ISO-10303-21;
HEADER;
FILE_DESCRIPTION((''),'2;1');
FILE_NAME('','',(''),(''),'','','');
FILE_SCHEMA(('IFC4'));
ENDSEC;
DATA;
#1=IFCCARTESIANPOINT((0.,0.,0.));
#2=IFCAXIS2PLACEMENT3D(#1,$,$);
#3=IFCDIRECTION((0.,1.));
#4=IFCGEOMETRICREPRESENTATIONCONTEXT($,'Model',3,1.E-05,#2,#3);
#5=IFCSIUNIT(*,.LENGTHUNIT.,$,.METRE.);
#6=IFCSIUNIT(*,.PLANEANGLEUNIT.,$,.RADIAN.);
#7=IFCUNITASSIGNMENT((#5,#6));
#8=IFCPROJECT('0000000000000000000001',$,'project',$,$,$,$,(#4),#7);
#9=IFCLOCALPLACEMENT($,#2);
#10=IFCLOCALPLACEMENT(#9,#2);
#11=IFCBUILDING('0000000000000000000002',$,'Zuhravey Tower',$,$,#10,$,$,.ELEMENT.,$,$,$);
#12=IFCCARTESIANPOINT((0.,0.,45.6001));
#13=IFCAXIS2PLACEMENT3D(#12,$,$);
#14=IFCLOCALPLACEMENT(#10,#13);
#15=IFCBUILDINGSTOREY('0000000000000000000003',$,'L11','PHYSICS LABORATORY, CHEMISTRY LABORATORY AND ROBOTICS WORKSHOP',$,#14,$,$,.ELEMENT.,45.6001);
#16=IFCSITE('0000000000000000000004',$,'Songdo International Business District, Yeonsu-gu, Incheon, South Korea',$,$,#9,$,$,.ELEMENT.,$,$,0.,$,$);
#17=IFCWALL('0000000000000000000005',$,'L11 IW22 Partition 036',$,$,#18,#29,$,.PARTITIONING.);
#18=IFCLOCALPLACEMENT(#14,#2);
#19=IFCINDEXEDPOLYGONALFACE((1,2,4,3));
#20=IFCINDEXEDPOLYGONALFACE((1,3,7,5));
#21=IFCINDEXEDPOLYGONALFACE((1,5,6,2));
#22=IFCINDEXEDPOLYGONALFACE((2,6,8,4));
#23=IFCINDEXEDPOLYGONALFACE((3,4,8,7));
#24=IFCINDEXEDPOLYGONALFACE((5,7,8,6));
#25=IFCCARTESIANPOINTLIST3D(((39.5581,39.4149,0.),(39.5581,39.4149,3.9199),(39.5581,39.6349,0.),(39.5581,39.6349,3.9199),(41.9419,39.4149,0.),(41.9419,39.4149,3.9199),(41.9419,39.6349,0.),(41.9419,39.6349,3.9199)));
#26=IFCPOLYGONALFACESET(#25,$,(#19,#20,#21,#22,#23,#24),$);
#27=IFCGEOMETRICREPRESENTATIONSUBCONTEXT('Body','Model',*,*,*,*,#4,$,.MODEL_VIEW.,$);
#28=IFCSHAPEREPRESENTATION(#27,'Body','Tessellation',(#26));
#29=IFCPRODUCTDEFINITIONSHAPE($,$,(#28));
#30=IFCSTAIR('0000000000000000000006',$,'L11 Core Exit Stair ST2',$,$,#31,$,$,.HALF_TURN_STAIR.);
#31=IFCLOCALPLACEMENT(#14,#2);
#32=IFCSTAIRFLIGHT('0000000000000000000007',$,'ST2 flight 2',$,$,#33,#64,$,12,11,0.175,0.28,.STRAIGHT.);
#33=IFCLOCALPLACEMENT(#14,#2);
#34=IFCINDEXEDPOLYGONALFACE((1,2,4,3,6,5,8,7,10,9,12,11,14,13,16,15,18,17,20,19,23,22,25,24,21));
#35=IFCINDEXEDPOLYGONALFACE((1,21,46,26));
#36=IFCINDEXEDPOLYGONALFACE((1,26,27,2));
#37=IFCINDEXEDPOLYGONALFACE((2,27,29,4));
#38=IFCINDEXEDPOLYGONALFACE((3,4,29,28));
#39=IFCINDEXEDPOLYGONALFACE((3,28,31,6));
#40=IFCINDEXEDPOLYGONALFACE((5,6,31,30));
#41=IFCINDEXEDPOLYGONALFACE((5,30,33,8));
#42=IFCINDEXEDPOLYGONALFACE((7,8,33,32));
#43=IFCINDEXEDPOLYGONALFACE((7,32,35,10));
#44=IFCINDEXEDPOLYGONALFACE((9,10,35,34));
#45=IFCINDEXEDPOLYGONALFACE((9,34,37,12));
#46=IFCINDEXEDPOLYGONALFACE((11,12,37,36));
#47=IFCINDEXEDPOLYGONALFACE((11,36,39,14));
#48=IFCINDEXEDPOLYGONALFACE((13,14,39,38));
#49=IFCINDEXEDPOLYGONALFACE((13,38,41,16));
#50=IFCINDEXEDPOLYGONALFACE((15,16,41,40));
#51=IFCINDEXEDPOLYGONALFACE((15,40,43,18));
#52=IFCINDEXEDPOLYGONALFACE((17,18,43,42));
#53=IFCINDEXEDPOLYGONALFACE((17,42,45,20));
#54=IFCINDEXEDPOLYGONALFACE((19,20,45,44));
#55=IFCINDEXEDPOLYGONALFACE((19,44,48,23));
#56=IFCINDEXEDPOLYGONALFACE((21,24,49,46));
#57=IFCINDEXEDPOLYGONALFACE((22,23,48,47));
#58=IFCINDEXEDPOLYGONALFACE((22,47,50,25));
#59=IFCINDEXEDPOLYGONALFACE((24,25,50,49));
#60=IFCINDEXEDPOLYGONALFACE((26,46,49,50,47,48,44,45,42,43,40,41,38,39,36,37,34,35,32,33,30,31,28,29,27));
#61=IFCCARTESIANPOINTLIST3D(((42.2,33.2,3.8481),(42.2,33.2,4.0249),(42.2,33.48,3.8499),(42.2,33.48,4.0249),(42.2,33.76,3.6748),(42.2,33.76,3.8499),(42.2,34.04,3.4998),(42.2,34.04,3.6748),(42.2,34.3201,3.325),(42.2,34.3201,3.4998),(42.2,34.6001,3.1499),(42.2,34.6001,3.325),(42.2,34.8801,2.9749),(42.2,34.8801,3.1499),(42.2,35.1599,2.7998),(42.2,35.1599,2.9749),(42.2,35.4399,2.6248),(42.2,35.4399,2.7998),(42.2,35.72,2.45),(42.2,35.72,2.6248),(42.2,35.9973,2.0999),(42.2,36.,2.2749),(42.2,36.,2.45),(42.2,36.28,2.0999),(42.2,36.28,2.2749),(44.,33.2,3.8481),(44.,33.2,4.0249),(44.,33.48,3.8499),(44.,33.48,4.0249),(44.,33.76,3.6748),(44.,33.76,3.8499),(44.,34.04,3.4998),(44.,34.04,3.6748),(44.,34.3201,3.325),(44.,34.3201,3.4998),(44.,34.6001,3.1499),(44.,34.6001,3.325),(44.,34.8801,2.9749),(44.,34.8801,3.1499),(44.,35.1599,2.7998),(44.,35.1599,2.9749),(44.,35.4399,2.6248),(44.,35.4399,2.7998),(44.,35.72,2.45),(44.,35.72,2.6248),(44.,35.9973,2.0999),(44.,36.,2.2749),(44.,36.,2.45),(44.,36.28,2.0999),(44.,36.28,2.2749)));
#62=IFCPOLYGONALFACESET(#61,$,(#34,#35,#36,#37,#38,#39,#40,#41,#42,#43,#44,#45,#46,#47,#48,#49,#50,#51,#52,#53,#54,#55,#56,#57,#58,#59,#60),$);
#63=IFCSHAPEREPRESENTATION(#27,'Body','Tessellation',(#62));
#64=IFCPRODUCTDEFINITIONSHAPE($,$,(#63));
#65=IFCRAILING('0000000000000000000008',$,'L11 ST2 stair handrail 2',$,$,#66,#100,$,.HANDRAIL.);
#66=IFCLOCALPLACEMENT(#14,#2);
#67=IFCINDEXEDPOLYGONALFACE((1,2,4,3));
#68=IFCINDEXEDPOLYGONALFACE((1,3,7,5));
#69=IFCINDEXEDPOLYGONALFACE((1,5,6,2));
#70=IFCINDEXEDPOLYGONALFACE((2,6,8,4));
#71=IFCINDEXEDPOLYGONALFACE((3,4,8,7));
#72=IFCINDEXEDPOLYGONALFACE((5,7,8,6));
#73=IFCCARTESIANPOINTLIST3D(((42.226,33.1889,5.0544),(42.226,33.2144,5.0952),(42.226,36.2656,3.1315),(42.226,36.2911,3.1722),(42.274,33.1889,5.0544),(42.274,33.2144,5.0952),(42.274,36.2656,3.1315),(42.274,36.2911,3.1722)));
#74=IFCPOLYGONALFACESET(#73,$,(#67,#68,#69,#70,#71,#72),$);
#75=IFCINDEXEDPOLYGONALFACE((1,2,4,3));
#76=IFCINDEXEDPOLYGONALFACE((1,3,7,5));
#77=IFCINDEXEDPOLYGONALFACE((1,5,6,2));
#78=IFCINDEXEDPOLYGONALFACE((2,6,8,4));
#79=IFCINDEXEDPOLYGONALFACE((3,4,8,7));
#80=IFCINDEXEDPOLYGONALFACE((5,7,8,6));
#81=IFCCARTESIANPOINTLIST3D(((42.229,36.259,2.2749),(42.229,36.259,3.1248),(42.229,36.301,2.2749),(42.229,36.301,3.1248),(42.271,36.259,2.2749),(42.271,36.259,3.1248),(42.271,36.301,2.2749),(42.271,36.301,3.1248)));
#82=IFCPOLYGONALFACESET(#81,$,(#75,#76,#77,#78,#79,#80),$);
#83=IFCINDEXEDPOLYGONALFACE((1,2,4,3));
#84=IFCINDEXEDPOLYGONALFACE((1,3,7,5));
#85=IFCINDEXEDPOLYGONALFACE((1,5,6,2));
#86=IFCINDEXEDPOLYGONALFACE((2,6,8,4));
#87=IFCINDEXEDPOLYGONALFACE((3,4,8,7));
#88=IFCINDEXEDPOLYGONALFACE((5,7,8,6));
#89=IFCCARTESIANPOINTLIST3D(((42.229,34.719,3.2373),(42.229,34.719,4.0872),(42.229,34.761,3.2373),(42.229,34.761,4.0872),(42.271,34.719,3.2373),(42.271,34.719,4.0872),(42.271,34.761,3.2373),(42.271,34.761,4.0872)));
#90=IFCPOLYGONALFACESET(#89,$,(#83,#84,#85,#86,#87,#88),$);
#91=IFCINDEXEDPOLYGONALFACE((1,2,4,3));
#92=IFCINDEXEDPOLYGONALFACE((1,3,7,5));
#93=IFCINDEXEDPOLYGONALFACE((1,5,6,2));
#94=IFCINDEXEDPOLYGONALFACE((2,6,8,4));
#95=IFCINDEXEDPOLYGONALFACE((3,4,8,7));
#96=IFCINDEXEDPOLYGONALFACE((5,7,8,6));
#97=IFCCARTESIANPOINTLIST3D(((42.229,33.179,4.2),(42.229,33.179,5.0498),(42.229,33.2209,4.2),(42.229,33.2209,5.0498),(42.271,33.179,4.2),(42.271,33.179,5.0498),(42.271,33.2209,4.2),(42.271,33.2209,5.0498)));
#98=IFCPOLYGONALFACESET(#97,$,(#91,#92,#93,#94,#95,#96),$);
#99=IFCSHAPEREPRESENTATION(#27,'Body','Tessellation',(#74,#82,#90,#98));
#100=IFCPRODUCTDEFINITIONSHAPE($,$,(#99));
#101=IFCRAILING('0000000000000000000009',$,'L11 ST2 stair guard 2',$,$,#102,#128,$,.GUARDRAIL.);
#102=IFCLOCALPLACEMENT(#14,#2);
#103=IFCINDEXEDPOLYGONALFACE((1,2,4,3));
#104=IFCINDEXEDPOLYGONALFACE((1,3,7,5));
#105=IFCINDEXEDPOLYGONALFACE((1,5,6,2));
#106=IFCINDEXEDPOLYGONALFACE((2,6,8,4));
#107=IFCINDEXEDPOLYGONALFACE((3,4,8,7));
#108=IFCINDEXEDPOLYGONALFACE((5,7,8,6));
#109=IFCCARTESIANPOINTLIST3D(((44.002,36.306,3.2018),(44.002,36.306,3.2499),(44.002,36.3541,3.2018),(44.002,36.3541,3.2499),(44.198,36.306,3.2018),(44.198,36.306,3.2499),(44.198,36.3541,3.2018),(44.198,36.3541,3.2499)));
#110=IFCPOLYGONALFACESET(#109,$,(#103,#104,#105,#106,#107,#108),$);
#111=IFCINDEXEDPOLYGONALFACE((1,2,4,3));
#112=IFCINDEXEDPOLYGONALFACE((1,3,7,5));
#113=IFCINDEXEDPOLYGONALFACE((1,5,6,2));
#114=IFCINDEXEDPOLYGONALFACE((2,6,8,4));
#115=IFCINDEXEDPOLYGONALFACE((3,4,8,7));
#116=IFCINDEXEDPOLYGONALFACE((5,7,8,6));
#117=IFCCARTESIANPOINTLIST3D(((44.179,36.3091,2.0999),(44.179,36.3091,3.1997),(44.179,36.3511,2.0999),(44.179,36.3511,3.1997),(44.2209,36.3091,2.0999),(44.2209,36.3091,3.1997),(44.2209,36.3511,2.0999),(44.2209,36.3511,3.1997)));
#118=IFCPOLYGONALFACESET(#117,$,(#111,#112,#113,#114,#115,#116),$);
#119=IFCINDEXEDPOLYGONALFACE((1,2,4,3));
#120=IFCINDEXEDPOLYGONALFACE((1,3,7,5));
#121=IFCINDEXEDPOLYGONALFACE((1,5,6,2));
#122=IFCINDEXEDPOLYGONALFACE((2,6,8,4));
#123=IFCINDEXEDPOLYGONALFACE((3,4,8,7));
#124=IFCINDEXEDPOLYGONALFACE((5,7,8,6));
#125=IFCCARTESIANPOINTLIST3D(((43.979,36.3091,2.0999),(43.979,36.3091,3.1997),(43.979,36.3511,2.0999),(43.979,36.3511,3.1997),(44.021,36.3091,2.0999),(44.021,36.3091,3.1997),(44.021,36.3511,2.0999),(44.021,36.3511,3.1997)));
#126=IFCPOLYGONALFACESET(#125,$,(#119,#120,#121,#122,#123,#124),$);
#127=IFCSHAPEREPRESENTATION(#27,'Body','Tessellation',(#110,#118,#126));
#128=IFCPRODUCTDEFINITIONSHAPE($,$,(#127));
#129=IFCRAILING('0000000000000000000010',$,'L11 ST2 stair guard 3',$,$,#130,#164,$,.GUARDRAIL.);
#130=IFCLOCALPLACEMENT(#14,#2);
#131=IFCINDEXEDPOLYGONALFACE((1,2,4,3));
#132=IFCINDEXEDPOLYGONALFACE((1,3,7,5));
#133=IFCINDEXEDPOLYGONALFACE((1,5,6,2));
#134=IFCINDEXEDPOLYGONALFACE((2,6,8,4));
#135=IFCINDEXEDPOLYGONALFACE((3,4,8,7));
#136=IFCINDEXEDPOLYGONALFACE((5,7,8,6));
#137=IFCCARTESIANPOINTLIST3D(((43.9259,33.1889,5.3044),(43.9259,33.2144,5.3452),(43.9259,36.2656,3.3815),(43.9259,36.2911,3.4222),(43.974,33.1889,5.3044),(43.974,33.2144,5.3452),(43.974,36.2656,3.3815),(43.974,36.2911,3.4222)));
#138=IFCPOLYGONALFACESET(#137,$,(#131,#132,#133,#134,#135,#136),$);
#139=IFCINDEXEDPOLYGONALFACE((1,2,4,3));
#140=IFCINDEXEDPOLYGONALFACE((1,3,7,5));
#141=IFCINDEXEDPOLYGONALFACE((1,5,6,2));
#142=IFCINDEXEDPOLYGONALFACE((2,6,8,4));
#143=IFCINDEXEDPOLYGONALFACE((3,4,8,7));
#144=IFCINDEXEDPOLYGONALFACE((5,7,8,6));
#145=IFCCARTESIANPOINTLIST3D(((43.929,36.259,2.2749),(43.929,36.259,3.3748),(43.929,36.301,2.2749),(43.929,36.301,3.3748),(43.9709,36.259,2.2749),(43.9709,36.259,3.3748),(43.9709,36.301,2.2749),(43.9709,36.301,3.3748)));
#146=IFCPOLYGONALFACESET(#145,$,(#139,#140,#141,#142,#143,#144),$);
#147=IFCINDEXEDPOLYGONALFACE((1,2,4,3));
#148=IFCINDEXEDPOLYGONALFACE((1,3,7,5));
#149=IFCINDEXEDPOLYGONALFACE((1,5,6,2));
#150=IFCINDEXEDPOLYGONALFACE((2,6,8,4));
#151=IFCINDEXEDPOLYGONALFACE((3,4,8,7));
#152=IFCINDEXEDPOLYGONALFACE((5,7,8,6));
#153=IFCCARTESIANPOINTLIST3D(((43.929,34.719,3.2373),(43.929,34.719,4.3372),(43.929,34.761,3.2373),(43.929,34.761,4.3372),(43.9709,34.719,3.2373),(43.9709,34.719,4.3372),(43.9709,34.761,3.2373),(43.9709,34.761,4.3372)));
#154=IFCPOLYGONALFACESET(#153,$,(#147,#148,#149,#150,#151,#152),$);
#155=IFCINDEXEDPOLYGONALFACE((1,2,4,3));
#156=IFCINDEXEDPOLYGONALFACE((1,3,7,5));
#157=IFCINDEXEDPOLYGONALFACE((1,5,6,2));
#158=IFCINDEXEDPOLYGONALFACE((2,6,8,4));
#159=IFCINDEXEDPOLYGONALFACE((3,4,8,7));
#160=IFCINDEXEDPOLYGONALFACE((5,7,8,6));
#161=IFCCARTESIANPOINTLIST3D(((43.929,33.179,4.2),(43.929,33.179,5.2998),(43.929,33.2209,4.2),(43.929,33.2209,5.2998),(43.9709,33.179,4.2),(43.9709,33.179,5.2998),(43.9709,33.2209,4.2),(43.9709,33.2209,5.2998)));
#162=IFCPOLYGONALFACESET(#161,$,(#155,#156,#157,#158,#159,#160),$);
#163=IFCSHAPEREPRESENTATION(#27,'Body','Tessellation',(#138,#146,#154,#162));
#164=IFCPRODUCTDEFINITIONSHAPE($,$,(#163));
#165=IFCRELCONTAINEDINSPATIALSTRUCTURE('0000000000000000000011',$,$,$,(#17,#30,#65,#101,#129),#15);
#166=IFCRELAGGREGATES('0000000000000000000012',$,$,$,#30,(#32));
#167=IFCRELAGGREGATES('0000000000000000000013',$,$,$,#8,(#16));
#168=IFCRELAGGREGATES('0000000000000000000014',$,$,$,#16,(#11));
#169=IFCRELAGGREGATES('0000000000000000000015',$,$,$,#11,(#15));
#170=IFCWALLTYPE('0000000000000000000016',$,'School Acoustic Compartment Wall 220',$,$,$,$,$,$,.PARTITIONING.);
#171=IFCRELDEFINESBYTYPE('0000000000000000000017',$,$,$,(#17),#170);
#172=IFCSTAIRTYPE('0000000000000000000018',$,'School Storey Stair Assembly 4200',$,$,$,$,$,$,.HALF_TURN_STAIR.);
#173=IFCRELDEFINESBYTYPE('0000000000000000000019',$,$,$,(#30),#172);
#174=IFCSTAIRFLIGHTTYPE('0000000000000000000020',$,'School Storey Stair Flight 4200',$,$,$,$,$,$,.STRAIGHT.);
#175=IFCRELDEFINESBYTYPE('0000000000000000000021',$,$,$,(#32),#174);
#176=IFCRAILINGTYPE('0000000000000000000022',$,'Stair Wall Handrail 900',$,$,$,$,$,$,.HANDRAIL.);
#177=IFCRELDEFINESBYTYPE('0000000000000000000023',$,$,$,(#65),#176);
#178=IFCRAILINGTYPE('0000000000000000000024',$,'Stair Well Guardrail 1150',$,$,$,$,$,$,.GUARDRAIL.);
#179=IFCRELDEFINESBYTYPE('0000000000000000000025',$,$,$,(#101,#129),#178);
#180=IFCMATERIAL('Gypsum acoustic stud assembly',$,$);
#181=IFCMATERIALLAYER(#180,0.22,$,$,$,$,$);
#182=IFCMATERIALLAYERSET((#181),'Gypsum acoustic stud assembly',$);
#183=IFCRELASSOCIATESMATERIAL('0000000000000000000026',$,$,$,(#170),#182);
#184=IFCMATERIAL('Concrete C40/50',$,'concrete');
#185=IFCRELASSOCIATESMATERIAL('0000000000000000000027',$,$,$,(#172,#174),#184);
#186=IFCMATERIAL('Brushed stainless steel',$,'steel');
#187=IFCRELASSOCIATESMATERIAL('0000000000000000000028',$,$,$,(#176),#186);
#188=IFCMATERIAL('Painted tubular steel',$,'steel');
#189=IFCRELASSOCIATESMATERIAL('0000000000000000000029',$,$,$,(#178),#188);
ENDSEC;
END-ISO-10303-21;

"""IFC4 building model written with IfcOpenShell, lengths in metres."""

from ifc_helpers import new_model, si_unit, direction, frame, frame_2d, origin, origin_2d, place, context, subcontext, project, spatial, polyline, rectangle, outline, extrude, material, layer, layer_set, type_object, element, aggregate, save


model = new_model("IFC4")

# Units and contexts
model_context = context("Model", 3, precision=1e-05, world=origin(), true_north=direction((0.0, 1.0)))
body_context = subcontext(model_context, "Body", "Model", "MODEL_VIEW")
ifc_project = project(units=[si_unit("LENGTHUNIT", "METRE"), si_unit("PLANEANGLEUNIT", "RADIAN")], contexts=[model_context])

# Site, building, storey
site_placement = place(None, origin())
site = spatial("IfcSite", under=ifc_project, at=site_placement, Name="Songdo International Business District, Yeonsu-gu, Incheon, South Korea", CompositionType="ELEMENT", RefElevation=0.0)
building_placement = place(site_placement, origin())
building = spatial("IfcBuilding", under=site, at=building_placement, Name="Zuhravey Tower", CompositionType="ELEMENT")
storey_placement = place(building_placement, frame((0.0, 0.0, 45.6001)))
storey = spatial("IfcBuildingStorey", under=building, at=storey_placement, Name="L11", Description="PHYSICS LABORATORY, CHEMISTRY LABORATORY AND ROBOTICS WORKSHOP", CompositionType="ELEMENT", Elevation=45.6001)

# Wall
ifc_material_1 = material(Name="Gypsum acoustic stud assembly")
ifc_layer_1 = layer(ifc_material_1, 0.22)
ifc_layer_set_1 = layer_set([ifc_layer_1], Name="Gypsum acoustic stud assembly")
wall_type_1 = type_object("IfcWallType", Name="School Acoustic Compartment Wall 220", PredefinedType="PARTITIONING", material=ifc_layer_set_1)
for number, where, z_axis, x_axis, name in (
    (1, (39.5581, 39.5249, 0.0), (0.0, 0.0, 1.0), (1.0, 0.0, 0.0), "L11 IW22 Partition 036"),
):
    element("IfcWall", number, at=place(storey_placement, frame(where, z_axis=z_axis, x_axis=x_axis)), inside=storey, type_object=wall_type_1, Name=name, PredefinedType="PARTITIONING", context=body_context, shape_type="SweptSolid", body=[
        extrude(rectangle(XDim=2.3838, YDim=0.22, at=frame_2d((1.1919, 0.0))), origin(), (0.0, 0.0, 1.0), 3.9199),
    ])

# Stair, stair flight
ifc_material_2 = material(Name="Concrete C40/50", Category="concrete")
stair_type = type_object("IfcStairType", Name="School Storey Stair Assembly 4200", PredefinedType="HALF_TURN_STAIR", material=ifc_material_2)
stair_placement = place(storey_placement, origin())
stair = element("IfcStair", 2, at=stair_placement, inside=storey, type_object=stair_type, Name="L11 Core Exit Stair ST2", PredefinedType="HALF_TURN_STAIR")
stair_flight_type = type_object("IfcStairFlightType", Name="School Storey Stair Flight 4200", PredefinedType="STRAIGHT", material=ifc_material_2)
stair_flight_placement = place(storey_placement, frame((43.1001, 36.28, 2.0999), z_axis=(0.0, 0.0, 1.0), x_axis=(0.0, -1.0, 0.0)))
stair_flight = element("IfcStairFlight", 3, at=stair_flight_placement, type_object=stair_flight_type, Name="ST2 flight 2", NumberOfRisers=12, NumberOfTreads=11, PredefinedType="STRAIGHT", RiserHeight=0.175, TreadLength=0.28, context=body_context, shape_type="SweptSolid", body=[
    extrude(outline(polyline([(0.0, 0.0), (0.0, 0.175), (0.28, 0.175), (0.28, 0.3501), (0.5601, 0.3501), (0.5601, 0.5249), (0.8401, 0.5249), (0.8401, 0.7), (1.1201, 0.7), (1.1201, 0.875), (1.3999, 0.875), (1.3999, 1.05), (1.6799, 1.05), (1.6799, 1.2251), (1.96, 1.2251), (1.96, 1.3999), (2.24, 1.3999), (2.24, 1.575), (2.52, 1.575), (2.52, 1.75), (2.8, 1.75), (2.8, 1.925), (3.0801, 1.925), (3.0801, 2.1001), (3.0801, 1.7483), (0.2827, 0.0), (0.0, 0.0)])), frame((0.0, 0.8999, 0.0), z_axis=(0.0, -1.0, 0.0), x_axis=(1.0, 0.0, 0.0)), (0.0, 0.0, 1.0), 1.8),
])
aggregate(stair, [stair_flight])

# Railings
ifc_material_3 = material(Name="Brushed stainless steel", Category="steel")
railing_type_1 = type_object("IfcRailingType", Name="Stair Wall Handrail 900", PredefinedType="HANDRAIL", material=ifc_material_3)
railing_1_placement = place(storey_placement, frame((42.25, 36.28, 2.2749)))
element("IfcRailing", 4, at=railing_1_placement, inside=storey, type_object=railing_type_1, Name="L11 ST2 stair handrail 2", PredefinedType="HANDRAIL", context=body_context, shape_type="SweptSolid", body=[
    extrude(rectangle(XDim=0.0481, YDim=0.0481, at=origin_2d()), frame((0.0, -0.0017, 0.877), z_axis=(0.0, -0.847998, 0.529999), x_axis=(1.0, 0.0, 0.0)), (0.0, 0.0, 1.0), 3.6282),
    extrude(rectangle(XDim=0.042, YDim=0.042, at=origin_2d()), origin(), (0.0, 0.0, 1.0), 0.8499),
    extrude(rectangle(XDim=0.042, YDim=0.042, at=origin_2d()), frame((0.0, -1.54, 0.9624)), (0.0, 0.0, 1.0), 0.8499),
    extrude(rectangle(XDim=0.042, YDim=0.042, at=origin_2d()), frame((0.0, -3.0801, 1.925)), (0.0, 0.0, 1.0), 0.8499),
])
ifc_material_4 = material(Name="Painted tubular steel", Category="steel")
railing_type_2 = type_object("IfcRailingType", Name="Stair Well Guardrail 1150", PredefinedType="GUARDRAIL", material=ifc_material_4)
railing_2_placement = place(storey_placement, frame((44.2, 36.3301, 2.0999)))
element("IfcRailing", 5, at=railing_2_placement, inside=storey, type_object=railing_type_2, Name="L11 ST2 stair guard 2", PredefinedType="GUARDRAIL", context=body_context, shape_type="SweptSolid", body=[
    extrude(rectangle(XDim=0.0481, YDim=0.0481, at=origin_2d()), frame((-0.002, 0.0, 1.126), z_axis=(-1.0, 0.0, 0.0), x_axis=(0.0, -1.0, 0.0)), (0.0, 0.0, 1.0), 0.196),
    extrude(rectangle(XDim=0.042, YDim=0.042, at=origin_2d()), origin(), (0.0, 0.0, 1.0), 1.0999),
    extrude(rectangle(XDim=0.042, YDim=0.042, at=origin_2d()), frame((-0.2, 0.0, 0.0)), (0.0, 0.0, 1.0), 1.0999),
])
railing_3_placement = place(storey_placement, frame((43.95, 36.28, 2.2749)))
element("IfcRailing", 6, at=railing_3_placement, inside=storey, type_object=railing_type_2, Name="L11 ST2 stair guard 3", PredefinedType="GUARDRAIL", context=body_context, shape_type="SweptSolid", body=[
    extrude(rectangle(XDim=0.0481, YDim=0.0481, at=origin_2d()), frame((0.0, -0.0017, 1.127), z_axis=(0.0, -0.847998, 0.529999), x_axis=(1.0, 0.0, 0.0)), (0.0, 0.0, 1.0), 3.6282),
    extrude(rectangle(XDim=0.042, YDim=0.042, at=origin_2d()), origin(), (0.0, 0.0, 1.0), 1.0999),
    extrude(rectangle(XDim=0.042, YDim=0.042, at=origin_2d()), frame((0.0, -1.54, 0.9624)), (0.0, 0.0, 1.0), 1.0999),
    extrude(rectangle(XDim=0.042, YDim=0.042, at=origin_2d()), frame((0.0, -3.0801, 1.925)), (0.0, 0.0, 1.0), 1.0999),
])

save(model, "model.ifc")
